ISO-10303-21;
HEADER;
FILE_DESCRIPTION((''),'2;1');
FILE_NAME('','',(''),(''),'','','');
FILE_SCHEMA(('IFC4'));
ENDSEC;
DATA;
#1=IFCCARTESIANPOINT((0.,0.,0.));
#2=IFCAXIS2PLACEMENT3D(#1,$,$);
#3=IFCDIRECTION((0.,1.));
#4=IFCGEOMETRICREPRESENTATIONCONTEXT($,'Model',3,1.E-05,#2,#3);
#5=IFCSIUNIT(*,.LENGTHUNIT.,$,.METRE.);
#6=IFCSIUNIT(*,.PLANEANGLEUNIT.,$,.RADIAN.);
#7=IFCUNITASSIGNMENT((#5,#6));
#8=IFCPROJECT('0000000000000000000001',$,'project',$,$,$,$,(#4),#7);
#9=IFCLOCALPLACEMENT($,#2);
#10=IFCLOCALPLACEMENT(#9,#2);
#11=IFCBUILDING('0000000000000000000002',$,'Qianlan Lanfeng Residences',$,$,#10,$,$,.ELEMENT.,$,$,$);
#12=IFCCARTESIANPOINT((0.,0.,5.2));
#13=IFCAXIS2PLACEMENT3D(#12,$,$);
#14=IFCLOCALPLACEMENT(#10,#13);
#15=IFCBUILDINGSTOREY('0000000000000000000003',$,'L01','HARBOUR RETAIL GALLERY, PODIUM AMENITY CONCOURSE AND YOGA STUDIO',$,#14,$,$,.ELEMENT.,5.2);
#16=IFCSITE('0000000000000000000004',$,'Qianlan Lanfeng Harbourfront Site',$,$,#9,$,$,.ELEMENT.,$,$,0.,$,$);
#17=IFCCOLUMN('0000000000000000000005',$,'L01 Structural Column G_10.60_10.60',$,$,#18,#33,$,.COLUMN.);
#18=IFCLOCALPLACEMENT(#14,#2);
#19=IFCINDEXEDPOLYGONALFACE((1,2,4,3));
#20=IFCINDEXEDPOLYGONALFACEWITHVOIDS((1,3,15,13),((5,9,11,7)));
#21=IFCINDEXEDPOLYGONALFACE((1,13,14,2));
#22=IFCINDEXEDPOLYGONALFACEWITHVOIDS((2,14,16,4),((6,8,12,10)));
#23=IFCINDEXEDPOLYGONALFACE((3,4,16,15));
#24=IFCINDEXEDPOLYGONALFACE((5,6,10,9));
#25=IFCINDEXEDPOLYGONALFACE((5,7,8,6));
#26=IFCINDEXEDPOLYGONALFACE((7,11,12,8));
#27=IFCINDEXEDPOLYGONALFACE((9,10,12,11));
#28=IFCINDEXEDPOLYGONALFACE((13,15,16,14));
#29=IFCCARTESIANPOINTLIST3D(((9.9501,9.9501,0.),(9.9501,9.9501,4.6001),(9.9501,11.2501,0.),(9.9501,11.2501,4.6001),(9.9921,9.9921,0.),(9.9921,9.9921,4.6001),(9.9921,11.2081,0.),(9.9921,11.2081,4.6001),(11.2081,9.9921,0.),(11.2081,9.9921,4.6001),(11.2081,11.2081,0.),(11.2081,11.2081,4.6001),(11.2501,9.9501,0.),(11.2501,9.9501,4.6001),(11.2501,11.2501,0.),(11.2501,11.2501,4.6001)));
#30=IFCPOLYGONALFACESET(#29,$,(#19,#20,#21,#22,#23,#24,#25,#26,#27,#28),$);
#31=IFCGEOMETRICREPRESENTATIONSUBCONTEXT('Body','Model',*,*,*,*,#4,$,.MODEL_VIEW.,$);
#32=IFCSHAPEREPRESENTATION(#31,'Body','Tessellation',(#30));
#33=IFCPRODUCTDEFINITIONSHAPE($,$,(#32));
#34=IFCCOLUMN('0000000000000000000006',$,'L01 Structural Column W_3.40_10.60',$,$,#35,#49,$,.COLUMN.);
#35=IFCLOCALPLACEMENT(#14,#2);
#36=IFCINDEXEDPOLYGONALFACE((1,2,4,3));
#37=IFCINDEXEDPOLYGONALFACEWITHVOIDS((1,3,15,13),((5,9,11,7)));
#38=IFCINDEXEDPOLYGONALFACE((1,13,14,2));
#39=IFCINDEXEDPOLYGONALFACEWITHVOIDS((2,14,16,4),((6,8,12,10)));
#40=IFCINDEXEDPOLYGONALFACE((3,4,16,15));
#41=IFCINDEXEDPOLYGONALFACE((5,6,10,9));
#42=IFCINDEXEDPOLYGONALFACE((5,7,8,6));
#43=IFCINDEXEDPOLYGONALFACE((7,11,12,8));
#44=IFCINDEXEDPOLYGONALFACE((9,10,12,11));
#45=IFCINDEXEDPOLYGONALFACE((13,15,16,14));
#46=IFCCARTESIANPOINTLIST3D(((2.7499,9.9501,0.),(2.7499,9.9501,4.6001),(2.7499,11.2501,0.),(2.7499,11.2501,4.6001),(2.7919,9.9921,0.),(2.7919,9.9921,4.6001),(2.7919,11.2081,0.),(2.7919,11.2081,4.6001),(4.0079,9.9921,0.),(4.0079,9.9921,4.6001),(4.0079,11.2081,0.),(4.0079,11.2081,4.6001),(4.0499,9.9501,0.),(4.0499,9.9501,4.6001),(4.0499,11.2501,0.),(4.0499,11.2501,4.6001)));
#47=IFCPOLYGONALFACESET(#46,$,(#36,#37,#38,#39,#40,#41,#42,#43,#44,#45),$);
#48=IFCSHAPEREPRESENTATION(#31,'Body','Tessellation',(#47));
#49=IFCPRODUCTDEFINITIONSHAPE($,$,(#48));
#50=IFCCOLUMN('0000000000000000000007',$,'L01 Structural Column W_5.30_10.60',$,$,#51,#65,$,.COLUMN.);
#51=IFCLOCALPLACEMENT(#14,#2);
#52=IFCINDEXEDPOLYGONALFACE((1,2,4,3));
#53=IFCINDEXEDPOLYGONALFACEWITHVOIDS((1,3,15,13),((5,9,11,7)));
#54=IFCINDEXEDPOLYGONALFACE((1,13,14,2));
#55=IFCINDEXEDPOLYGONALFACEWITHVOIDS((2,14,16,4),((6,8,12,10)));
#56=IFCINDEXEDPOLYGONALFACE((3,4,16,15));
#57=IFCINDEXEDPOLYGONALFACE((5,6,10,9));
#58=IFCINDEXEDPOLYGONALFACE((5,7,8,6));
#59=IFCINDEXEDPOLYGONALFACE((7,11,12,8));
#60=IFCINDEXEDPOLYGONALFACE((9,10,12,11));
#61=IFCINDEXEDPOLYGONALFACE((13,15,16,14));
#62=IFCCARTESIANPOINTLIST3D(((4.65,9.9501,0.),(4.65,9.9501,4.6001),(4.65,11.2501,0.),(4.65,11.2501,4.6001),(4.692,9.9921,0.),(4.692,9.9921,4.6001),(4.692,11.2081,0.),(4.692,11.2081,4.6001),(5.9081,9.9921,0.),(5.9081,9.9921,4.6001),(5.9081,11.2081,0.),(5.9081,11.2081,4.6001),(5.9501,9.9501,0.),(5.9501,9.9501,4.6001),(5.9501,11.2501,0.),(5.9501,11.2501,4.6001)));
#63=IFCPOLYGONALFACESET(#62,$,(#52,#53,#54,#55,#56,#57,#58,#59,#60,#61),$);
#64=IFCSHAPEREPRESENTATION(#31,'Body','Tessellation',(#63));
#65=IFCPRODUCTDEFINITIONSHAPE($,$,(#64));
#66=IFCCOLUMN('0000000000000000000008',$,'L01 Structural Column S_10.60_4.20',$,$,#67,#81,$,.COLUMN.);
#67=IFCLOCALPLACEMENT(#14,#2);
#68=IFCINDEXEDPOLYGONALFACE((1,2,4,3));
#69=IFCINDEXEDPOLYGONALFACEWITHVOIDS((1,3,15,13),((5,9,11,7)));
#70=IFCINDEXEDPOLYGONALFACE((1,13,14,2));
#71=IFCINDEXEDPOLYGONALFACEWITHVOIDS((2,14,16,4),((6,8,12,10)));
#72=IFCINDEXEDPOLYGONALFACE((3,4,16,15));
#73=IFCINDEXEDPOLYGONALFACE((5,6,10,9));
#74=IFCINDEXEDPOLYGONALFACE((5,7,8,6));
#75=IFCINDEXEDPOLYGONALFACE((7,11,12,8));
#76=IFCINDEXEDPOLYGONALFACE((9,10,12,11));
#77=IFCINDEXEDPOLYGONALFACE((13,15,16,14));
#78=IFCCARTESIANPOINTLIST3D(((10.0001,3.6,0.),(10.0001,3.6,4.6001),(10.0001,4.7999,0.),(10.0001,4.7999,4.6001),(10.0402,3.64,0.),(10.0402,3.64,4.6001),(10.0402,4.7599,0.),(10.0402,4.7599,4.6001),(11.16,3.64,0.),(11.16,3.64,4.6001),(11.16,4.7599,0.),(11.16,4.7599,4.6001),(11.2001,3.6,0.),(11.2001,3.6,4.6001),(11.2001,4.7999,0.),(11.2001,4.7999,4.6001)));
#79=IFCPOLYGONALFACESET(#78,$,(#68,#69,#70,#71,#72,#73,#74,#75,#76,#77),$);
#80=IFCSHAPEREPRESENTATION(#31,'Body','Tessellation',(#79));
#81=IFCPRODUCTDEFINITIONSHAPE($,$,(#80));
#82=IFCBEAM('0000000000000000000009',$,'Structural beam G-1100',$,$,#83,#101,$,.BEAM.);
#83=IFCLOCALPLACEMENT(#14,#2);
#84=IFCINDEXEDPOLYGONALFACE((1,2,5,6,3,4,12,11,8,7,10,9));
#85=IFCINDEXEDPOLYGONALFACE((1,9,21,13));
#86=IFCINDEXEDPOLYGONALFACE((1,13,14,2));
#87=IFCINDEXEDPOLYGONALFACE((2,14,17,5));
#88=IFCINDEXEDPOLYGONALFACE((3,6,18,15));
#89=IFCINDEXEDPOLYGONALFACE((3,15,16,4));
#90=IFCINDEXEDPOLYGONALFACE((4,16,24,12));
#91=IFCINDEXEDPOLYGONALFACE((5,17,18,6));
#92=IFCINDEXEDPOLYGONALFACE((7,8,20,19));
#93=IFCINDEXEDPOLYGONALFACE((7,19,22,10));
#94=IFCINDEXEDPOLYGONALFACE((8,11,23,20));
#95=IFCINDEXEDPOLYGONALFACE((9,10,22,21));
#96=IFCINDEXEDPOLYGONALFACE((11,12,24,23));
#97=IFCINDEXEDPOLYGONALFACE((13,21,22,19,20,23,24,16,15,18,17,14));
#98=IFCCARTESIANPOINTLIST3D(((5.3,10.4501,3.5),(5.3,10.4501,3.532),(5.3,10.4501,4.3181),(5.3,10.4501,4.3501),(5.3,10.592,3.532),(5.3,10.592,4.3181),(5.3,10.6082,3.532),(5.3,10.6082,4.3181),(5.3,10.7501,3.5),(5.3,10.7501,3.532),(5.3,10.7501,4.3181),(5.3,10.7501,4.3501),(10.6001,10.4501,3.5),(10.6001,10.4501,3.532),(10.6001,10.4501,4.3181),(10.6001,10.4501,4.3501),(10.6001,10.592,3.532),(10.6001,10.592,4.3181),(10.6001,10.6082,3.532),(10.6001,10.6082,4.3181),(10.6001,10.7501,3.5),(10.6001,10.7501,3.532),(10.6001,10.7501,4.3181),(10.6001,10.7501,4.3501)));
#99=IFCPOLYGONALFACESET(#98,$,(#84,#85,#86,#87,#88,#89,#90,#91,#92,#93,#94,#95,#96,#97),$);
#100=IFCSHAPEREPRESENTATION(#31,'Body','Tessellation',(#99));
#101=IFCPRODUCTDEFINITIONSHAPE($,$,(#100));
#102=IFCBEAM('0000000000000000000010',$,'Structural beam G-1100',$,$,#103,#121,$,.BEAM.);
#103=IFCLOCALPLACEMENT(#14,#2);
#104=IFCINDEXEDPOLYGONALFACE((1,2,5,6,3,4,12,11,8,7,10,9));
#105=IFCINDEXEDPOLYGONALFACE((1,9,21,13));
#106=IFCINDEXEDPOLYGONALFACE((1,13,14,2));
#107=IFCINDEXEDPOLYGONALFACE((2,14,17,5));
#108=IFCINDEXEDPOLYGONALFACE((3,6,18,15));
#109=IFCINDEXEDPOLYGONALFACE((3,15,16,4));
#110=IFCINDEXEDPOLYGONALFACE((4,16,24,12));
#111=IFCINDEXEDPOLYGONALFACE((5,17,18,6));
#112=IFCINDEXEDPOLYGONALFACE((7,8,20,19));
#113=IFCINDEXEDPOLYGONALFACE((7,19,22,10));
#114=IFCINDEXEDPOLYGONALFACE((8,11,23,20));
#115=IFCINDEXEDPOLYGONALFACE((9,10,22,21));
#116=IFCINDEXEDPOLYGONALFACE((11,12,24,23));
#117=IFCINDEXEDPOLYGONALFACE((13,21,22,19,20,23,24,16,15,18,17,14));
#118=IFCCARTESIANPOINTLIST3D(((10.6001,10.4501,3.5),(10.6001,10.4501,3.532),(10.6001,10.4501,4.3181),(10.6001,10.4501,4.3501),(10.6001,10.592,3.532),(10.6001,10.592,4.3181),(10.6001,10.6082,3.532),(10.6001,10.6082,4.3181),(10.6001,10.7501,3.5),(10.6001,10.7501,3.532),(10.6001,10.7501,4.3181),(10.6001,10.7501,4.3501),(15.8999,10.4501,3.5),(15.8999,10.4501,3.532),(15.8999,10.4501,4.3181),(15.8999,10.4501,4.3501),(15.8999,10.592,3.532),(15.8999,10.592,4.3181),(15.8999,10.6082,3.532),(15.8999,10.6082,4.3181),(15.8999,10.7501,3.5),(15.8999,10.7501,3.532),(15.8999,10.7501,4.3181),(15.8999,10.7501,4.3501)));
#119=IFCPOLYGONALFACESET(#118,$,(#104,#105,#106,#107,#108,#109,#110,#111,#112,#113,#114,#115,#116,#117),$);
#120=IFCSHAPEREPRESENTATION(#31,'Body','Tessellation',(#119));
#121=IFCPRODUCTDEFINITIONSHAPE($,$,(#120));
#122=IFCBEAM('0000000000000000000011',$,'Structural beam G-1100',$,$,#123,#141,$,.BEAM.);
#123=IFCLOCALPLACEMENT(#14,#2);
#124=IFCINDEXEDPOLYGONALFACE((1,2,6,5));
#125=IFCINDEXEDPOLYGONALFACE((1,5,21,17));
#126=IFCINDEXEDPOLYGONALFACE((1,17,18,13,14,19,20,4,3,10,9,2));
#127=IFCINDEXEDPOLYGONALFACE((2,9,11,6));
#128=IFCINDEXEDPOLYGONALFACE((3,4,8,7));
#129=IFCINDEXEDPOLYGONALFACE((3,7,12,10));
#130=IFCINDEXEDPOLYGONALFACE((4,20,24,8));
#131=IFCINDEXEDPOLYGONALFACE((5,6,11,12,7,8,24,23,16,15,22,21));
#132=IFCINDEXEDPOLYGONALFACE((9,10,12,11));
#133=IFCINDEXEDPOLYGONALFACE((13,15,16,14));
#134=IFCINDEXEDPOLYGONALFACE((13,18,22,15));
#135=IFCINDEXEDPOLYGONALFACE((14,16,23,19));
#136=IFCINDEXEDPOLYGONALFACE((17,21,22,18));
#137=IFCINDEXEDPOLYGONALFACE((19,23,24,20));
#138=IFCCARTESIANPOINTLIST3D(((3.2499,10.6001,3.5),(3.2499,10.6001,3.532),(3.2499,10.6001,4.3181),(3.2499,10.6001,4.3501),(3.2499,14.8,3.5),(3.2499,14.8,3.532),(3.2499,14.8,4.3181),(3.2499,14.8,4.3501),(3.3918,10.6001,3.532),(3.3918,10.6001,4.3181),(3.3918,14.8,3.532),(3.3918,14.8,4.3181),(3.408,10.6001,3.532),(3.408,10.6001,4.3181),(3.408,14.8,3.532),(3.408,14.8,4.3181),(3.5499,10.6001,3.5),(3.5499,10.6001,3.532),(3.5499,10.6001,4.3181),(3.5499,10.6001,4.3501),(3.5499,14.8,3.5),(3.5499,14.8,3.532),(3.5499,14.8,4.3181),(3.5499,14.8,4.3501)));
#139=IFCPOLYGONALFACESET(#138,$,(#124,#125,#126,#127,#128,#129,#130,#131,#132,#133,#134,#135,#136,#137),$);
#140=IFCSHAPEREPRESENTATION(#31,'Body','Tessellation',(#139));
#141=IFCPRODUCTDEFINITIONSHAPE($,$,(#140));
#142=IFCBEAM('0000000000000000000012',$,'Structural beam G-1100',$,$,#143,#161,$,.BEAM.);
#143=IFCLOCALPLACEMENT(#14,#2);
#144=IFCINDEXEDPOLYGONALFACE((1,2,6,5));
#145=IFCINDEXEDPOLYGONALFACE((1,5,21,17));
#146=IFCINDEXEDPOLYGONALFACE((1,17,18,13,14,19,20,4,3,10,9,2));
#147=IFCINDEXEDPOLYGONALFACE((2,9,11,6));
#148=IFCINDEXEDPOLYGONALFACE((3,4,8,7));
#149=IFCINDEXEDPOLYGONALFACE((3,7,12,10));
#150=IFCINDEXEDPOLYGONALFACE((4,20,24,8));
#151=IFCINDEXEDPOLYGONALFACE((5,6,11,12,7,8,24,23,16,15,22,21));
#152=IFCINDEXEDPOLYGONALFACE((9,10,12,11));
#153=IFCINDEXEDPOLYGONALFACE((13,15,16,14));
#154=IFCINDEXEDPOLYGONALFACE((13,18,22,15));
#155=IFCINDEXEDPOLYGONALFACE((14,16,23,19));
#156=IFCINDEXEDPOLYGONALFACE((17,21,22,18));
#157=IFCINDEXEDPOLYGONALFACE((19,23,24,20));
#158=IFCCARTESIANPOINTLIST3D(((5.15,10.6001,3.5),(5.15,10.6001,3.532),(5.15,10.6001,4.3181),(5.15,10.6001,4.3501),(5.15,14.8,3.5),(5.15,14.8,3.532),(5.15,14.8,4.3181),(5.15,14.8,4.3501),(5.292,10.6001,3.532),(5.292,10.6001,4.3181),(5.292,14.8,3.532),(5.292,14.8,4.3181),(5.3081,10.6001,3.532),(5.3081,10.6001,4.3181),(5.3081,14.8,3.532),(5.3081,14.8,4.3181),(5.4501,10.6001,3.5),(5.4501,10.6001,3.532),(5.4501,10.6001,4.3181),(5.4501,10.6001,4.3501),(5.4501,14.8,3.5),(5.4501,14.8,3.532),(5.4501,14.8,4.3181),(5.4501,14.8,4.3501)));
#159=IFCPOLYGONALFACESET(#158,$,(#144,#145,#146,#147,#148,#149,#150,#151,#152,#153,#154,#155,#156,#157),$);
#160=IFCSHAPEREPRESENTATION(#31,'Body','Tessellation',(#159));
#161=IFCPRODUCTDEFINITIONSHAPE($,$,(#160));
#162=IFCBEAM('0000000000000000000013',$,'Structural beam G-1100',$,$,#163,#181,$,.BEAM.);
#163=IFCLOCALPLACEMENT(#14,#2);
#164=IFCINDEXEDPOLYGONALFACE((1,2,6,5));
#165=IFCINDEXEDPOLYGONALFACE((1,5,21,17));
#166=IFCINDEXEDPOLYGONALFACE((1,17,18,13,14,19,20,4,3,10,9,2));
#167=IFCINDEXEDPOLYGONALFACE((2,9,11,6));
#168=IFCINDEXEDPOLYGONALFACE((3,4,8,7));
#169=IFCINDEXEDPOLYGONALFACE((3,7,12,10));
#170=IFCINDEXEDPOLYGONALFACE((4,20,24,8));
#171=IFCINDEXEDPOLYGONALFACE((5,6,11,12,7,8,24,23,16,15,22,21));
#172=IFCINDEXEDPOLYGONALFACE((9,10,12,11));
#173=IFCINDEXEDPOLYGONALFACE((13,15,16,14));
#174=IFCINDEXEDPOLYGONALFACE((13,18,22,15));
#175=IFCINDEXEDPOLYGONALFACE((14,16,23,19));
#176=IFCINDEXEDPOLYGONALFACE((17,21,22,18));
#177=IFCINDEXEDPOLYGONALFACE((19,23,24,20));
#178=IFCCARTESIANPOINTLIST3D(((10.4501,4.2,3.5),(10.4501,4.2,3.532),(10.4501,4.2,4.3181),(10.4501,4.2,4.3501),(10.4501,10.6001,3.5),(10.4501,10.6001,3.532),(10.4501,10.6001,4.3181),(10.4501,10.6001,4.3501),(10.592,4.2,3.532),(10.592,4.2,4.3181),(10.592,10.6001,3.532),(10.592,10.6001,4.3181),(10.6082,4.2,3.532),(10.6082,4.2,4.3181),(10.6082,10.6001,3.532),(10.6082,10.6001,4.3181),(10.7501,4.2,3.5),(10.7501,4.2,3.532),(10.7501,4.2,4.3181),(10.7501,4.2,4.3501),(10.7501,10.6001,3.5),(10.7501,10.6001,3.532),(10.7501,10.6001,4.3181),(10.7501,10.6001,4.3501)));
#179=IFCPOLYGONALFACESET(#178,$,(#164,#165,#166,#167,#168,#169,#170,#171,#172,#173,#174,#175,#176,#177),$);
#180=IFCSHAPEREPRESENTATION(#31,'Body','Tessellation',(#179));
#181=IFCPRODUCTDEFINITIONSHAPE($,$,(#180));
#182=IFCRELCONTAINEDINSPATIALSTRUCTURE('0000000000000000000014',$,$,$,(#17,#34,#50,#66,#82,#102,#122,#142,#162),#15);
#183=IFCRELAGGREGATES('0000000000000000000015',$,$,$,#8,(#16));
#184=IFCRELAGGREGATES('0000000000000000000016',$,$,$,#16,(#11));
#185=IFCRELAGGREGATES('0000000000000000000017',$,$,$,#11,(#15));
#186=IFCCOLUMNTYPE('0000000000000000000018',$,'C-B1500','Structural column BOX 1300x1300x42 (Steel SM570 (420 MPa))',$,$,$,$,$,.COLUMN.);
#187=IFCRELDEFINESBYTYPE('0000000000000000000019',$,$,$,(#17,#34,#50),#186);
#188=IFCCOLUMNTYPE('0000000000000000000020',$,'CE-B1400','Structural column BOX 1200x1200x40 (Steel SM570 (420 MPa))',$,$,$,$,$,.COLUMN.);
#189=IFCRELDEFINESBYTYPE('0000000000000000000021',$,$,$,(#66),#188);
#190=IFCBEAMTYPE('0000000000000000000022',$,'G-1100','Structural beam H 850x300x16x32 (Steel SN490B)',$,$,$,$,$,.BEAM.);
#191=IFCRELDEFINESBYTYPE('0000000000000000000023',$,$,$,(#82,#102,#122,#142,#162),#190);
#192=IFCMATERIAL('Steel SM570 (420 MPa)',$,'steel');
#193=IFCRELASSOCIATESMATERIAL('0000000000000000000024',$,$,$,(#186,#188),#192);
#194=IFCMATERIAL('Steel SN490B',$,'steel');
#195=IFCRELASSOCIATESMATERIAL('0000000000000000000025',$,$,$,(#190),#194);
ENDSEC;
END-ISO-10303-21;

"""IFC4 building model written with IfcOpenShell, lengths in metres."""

from ifc_helpers import new_model, si_unit, direction, frame, origin, origin_2d, place, context, subcontext, project, spatial, hollow_rectangle, i_section, extrude, material, material_profile, profile_set, type_object, element, save


model = new_model("IFC4")

# Units and contexts
model_context = context("Model", 3, precision=1e-05, world=origin(), true_north=direction((0.0, 1.0)))
body_context = subcontext(model_context, "Body", "Model", "MODEL_VIEW")
ifc_project = project(units=[si_unit("LENGTHUNIT", "METRE"), si_unit("PLANEANGLEUNIT", "RADIAN")], contexts=[model_context])

# Site, building, storey
site_placement = place(None, origin())
site = spatial("IfcSite", under=ifc_project, at=site_placement, Name="Qianlan Lanfeng Harbourfront Site", CompositionType="ELEMENT", RefElevation=0.0)
building_placement = place(site_placement, origin())
building = spatial("IfcBuilding", under=site, at=building_placement, Name="Qianlan Lanfeng Residences", CompositionType="ELEMENT")
storey_placement = place(building_placement, frame((0.0, 0.0, 5.2)))
storey = spatial("IfcBuildingStorey", under=building, at=storey_placement, Name="L01", Description="HARBOUR RETAIL GALLERY, PODIUM AMENITY CONCOURSE AND YOGA STUDIO", CompositionType="ELEMENT", Elevation=5.2)

# Columns
ifc_material_1 = material(Name="Steel SM570 (420 MPa)", Category="steel")
ifc_material_profile_1 = material_profile(ifc_material_1, hollow_rectangle(XDim=1.3, YDim=1.3, WallThickness=0.042, at=origin_2d()), Name="BOX 1300x1300x42")
ifc_profile_set_1 = profile_set([ifc_material_profile_1], Name="Steel SM570 (420 MPa)")
column_type_1 = type_object("IfcColumnType", Name="C-B1500", Description="Structural column BOX 1300x1300x42 (Steel SM570 (420 MPa))", PredefinedType="COLUMN", material=ifc_profile_set_1)
for number, where, z_axis, x_axis, name in (
    (1, (10.6001, 10.6001, 0.0), (0.0, 0.0, 1.0), (1.0, 0.0, 0.0), "L01 Structural Column G_10.60_10.60"),
    (2, (3.3999, 10.6001, 0.0), (0.0, 0.0, 1.0), (1.0, 0.0, 0.0), "L01 Structural Column W_3.40_10.60"),
    (3, (5.3, 10.6001, 0.0), (0.0, 0.0, 1.0), (1.0, 0.0, 0.0), "L01 Structural Column W_5.30_10.60"),
):
    element("IfcColumn", number, at=place(storey_placement, frame(where, z_axis=z_axis, x_axis=x_axis)), inside=storey, type_object=column_type_1, Name=name, PredefinedType="COLUMN", context=body_context, shape_type="SweptSolid", body=[
        extrude(hollow_rectangle(XDim=1.3, YDim=1.3, WallThickness=0.042, at=origin_2d()), origin(), (0.0, 0.0, 1.0), 4.6001),
    ])
ifc_material_profile_2 = material_profile(ifc_material_1, hollow_rectangle(XDim=1.2, YDim=1.2, WallThickness=0.04, at=origin_2d()), Name="BOX 1200x1200x40")
ifc_profile_set_2 = profile_set([ifc_material_profile_2], Name="Steel SM570 (420 MPa)")
column_type_2 = type_object("IfcColumnType", Name="CE-B1400", Description="Structural column BOX 1200x1200x40 (Steel SM570 (420 MPa))", PredefinedType="COLUMN", material=ifc_profile_set_2)
column_placement = place(storey_placement, frame((10.6001, 4.2, 0.0), z_axis=(0.0, 0.0, 1.0), x_axis=(1.0, 0.0, 0.0)))
element("IfcColumn", 4, at=column_placement, inside=storey, type_object=column_type_2, Name="L01 Structural Column S_10.60_4.20", PredefinedType="COLUMN", context=body_context, shape_type="SweptSolid", body=[
    extrude(hollow_rectangle(XDim=1.2, YDim=1.2, WallThickness=0.04, at=origin_2d()), origin(), (0.0, 0.0, 1.0), 4.6001),
])

# Beams
ifc_material_2 = material(Name="Steel SN490B", Category="steel")
ifc_material_profile_3 = material_profile(ifc_material_2, i_section(OverallWidth=0.3, OverallDepth=0.8501, WebThickness=0.0161, FlangeThickness=0.032, at=origin_2d()), Name="H 850x300x16x32")
ifc_profile_set_3 = profile_set([ifc_material_profile_3], Name="Steel SN490B")
beam_type_1 = type_object("IfcBeamType", Name="G-1100", Description="Structural beam H 850x300x16x32 (Steel SN490B)", PredefinedType="BEAM", material=ifc_profile_set_3)
beam_1_placement = place(storey_placement, frame((5.3, 10.6001, 3.925), z_axis=(1.0, 0.0, 0.0), x_axis=(0.0, 1.0, 0.0)))
element("IfcBeam", 5, at=beam_1_placement, inside=storey, type_object=beam_type_1, Name="Structural beam G-1100", PredefinedType="BEAM", context=body_context, shape_type="SweptSolid", body=[
    extrude(i_section(OverallWidth=0.3, OverallDepth=0.8501, WebThickness=0.0161, FlangeThickness=0.032, at=origin_2d()), origin(), (0.0, 0.0, 1.0), 5.3),
])
beam_2_placement = place(storey_placement, frame((10.6001, 10.6001, 3.925), z_axis=(1.0, 0.0, 0.0), x_axis=(0.0, 1.0, 0.0)))
element("IfcBeam", 6, at=beam_2_placement, inside=storey, type_object=beam_type_1, Name="Structural beam G-1100", PredefinedType="BEAM", context=body_context, shape_type="SweptSolid", body=[
    extrude(i_section(OverallWidth=0.3, OverallDepth=0.8501, WebThickness=0.0161, FlangeThickness=0.032, at=origin_2d()), origin(), (0.0, 0.0, 1.0), 5.2998),
])
for number, where, z_axis, x_axis, name in (
    (7, (3.3999, 10.6001, 3.925), (0.0, 1.0, 0.0), (-1.0, 0.0, 0.0), "Structural beam G-1100"),
    (8, (5.3, 10.6001, 3.925), (0.0, 1.0, 0.0), (-1.0, 0.0, 0.0), "Structural beam G-1100"),
):
    element("IfcBeam", number, at=place(storey_placement, frame(where, z_axis=z_axis, x_axis=x_axis)), inside=storey, type_object=beam_type_1, Name=name, PredefinedType="BEAM", context=body_context, shape_type="SweptSolid", body=[
        extrude(i_section(OverallWidth=0.3, OverallDepth=0.8501, WebThickness=0.0161, FlangeThickness=0.032, at=origin_2d()), origin(), (0.0, 0.0, 1.0), 4.2),
    ])
beam_3_placement = place(storey_placement, frame((10.6001, 4.2, 3.925), z_axis=(0.0, 1.0, 0.0), x_axis=(-1.0, 0.0, 0.0)))
element("IfcBeam", 9, at=beam_3_placement, inside=storey, type_object=beam_type_1, Name="Structural beam G-1100", PredefinedType="BEAM", context=body_context, shape_type="SweptSolid", body=[
    extrude(i_section(OverallWidth=0.3, OverallDepth=0.8501, WebThickness=0.0161, FlangeThickness=0.032, at=origin_2d()), origin(), (0.0, 0.0, 1.0), 6.4001),
])

save(model, "model.ifc")
